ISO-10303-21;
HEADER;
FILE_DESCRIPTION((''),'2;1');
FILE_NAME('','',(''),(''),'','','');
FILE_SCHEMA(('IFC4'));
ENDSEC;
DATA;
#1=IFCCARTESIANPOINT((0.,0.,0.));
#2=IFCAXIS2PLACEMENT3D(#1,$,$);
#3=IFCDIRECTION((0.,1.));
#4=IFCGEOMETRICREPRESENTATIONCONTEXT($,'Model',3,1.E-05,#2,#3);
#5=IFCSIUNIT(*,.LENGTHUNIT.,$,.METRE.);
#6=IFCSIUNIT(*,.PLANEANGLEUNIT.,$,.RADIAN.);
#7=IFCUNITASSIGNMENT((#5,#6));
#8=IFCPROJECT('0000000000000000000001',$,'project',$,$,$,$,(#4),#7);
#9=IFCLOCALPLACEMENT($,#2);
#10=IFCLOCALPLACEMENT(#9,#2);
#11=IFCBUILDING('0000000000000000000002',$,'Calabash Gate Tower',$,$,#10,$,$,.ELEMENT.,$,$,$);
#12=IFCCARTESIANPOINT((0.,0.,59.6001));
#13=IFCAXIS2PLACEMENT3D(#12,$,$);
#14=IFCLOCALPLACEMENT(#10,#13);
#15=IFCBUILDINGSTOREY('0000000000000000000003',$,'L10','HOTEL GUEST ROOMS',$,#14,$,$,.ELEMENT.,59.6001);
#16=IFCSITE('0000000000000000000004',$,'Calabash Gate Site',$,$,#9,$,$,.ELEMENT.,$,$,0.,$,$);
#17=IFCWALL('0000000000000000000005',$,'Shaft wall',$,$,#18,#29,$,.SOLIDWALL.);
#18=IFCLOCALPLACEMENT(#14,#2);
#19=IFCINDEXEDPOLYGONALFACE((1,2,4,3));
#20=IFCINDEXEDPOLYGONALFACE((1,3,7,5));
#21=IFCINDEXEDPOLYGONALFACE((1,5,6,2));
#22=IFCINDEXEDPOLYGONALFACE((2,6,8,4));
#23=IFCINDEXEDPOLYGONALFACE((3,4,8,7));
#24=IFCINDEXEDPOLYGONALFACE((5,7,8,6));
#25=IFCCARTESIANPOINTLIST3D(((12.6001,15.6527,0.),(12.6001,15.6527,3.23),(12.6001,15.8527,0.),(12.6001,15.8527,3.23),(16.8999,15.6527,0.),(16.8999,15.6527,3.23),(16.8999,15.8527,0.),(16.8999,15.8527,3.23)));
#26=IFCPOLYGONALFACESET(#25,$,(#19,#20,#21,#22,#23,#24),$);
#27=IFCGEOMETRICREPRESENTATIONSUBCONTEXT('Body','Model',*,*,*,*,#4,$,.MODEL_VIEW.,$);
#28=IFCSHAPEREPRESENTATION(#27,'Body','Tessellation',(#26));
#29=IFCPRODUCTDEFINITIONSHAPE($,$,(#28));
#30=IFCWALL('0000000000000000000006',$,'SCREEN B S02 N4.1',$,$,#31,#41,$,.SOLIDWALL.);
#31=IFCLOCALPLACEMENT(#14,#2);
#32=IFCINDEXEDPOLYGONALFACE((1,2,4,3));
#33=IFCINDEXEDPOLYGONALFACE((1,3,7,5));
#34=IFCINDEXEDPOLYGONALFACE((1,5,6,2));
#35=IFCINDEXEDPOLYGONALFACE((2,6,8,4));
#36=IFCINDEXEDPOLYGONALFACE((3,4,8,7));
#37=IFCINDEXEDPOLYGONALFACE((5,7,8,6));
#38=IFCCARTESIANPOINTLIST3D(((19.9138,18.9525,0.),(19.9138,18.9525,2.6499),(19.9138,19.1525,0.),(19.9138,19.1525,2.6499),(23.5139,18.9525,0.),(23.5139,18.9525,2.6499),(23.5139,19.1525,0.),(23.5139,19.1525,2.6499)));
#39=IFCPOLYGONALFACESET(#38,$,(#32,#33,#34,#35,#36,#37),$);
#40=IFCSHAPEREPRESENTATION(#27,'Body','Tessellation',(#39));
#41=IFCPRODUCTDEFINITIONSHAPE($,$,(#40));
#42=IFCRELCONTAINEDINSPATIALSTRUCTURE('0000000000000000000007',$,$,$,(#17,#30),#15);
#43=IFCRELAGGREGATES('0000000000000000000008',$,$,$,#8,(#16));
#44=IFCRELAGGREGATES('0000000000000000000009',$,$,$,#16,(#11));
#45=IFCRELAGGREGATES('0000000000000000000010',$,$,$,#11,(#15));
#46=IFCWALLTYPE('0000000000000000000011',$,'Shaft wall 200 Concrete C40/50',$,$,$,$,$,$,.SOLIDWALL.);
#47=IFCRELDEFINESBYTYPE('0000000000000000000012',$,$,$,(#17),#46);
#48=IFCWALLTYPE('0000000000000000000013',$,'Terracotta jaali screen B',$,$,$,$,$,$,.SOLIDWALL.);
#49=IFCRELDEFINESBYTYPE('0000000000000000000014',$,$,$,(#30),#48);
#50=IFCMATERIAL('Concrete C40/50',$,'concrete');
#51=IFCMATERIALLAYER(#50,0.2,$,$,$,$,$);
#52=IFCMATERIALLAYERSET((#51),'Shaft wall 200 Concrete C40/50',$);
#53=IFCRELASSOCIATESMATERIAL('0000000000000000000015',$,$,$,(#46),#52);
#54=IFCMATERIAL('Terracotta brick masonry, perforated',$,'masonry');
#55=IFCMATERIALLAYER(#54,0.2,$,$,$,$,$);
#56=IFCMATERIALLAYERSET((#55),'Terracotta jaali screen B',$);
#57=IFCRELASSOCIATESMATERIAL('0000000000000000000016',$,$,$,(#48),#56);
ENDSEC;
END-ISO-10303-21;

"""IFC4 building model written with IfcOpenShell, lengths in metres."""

from ifc_helpers import new_model, si_unit, direction, frame, frame_2d, origin, place, context, subcontext, project, spatial, rectangle, extrude, material, layer, layer_set, type_object, element, save


model = new_model("IFC4")

# Units and contexts
model_context = context("Model", 3, precision=1e-05, world=origin(), true_north=direction((0.0, 1.0)))
body_context = subcontext(model_context, "Body", "Model", "MODEL_VIEW")
ifc_project = project(units=[si_unit("LENGTHUNIT", "METRE"), si_unit("PLANEANGLEUNIT", "RADIAN")], contexts=[model_context])

# Site, building, storey
site_placement = place(None, origin())
site = spatial("IfcSite", under=ifc_project, at=site_placement, Name="Calabash Gate Site", CompositionType="ELEMENT", RefElevation=0.0)
building_placement = place(site_placement, origin())
building = spatial("IfcBuilding", under=site, at=building_placement, Name="Calabash Gate Tower", CompositionType="ELEMENT")
storey_placement = place(building_placement, frame((0.0, 0.0, 59.6001)))
storey = spatial("IfcBuildingStorey", under=building, at=storey_placement, Name="L10", Description="HOTEL GUEST ROOMS", CompositionType="ELEMENT", Elevation=59.6001)

# Shared definitions
ifc_material_1 = material(Name="Concrete C40/50", Category="concrete")
ifc_layer_1 = layer(ifc_material_1, 0.2)
ifc_layer_set_1 = layer_set([ifc_layer_1], Name="Shaft wall 200 Concrete C40/50")
wall_type_1 = type_object("IfcWallType", Name="Shaft wall 200 Concrete C40/50", PredefinedType="SOLIDWALL", material=ifc_layer_set_1)

# Walls
wall_1_placement = place(storey_placement, frame((12.6001, 15.7527, 0.0), z_axis=(0.0, 0.0, 1.0), x_axis=(1.0, 0.0, 0.0)))
element("IfcWall", 1, at=wall_1_placement, inside=storey, type_object=wall_type_1, Name="Shaft wall", PredefinedType="SOLIDWALL", context=body_context, shape_type="SweptSolid", body=[
    extrude(rectangle(XDim=4.2998, YDim=0.2, at=frame_2d((2.1499, 0.0))), origin(), (0.0, 0.0, 1.0), 3.23),
])
ifc_material_2 = material(Name="Terracotta brick masonry, perforated", Category="masonry")
ifc_layer_2 = layer(ifc_material_2, 0.2)
ifc_layer_set_2 = layer_set([ifc_layer_2], Name="Terracotta jaali screen B")
wall_type_2 = type_object("IfcWallType", Name="Terracotta jaali screen B", PredefinedType="SOLIDWALL", material=ifc_layer_set_2)
wall_2_placement = place(storey_placement, frame((23.5139, 19.0525, 0.0), z_axis=(0.0, 0.0, 1.0), x_axis=(-1.0, 0.0, 0.0)))
element("IfcWall", 2, at=wall_2_placement, inside=storey, type_object=wall_type_2, Name="SCREEN B S02 N4.1", PredefinedType="SOLIDWALL", context=body_context, shape_type="SweptSolid", body=[
    extrude(rectangle(XDim=3.6001, YDim=0.2, at=frame_2d((1.8, 0.0))), origin(), (0.0, 0.0, 1.0), 2.6499),
])

save(model, "model.ifc")
